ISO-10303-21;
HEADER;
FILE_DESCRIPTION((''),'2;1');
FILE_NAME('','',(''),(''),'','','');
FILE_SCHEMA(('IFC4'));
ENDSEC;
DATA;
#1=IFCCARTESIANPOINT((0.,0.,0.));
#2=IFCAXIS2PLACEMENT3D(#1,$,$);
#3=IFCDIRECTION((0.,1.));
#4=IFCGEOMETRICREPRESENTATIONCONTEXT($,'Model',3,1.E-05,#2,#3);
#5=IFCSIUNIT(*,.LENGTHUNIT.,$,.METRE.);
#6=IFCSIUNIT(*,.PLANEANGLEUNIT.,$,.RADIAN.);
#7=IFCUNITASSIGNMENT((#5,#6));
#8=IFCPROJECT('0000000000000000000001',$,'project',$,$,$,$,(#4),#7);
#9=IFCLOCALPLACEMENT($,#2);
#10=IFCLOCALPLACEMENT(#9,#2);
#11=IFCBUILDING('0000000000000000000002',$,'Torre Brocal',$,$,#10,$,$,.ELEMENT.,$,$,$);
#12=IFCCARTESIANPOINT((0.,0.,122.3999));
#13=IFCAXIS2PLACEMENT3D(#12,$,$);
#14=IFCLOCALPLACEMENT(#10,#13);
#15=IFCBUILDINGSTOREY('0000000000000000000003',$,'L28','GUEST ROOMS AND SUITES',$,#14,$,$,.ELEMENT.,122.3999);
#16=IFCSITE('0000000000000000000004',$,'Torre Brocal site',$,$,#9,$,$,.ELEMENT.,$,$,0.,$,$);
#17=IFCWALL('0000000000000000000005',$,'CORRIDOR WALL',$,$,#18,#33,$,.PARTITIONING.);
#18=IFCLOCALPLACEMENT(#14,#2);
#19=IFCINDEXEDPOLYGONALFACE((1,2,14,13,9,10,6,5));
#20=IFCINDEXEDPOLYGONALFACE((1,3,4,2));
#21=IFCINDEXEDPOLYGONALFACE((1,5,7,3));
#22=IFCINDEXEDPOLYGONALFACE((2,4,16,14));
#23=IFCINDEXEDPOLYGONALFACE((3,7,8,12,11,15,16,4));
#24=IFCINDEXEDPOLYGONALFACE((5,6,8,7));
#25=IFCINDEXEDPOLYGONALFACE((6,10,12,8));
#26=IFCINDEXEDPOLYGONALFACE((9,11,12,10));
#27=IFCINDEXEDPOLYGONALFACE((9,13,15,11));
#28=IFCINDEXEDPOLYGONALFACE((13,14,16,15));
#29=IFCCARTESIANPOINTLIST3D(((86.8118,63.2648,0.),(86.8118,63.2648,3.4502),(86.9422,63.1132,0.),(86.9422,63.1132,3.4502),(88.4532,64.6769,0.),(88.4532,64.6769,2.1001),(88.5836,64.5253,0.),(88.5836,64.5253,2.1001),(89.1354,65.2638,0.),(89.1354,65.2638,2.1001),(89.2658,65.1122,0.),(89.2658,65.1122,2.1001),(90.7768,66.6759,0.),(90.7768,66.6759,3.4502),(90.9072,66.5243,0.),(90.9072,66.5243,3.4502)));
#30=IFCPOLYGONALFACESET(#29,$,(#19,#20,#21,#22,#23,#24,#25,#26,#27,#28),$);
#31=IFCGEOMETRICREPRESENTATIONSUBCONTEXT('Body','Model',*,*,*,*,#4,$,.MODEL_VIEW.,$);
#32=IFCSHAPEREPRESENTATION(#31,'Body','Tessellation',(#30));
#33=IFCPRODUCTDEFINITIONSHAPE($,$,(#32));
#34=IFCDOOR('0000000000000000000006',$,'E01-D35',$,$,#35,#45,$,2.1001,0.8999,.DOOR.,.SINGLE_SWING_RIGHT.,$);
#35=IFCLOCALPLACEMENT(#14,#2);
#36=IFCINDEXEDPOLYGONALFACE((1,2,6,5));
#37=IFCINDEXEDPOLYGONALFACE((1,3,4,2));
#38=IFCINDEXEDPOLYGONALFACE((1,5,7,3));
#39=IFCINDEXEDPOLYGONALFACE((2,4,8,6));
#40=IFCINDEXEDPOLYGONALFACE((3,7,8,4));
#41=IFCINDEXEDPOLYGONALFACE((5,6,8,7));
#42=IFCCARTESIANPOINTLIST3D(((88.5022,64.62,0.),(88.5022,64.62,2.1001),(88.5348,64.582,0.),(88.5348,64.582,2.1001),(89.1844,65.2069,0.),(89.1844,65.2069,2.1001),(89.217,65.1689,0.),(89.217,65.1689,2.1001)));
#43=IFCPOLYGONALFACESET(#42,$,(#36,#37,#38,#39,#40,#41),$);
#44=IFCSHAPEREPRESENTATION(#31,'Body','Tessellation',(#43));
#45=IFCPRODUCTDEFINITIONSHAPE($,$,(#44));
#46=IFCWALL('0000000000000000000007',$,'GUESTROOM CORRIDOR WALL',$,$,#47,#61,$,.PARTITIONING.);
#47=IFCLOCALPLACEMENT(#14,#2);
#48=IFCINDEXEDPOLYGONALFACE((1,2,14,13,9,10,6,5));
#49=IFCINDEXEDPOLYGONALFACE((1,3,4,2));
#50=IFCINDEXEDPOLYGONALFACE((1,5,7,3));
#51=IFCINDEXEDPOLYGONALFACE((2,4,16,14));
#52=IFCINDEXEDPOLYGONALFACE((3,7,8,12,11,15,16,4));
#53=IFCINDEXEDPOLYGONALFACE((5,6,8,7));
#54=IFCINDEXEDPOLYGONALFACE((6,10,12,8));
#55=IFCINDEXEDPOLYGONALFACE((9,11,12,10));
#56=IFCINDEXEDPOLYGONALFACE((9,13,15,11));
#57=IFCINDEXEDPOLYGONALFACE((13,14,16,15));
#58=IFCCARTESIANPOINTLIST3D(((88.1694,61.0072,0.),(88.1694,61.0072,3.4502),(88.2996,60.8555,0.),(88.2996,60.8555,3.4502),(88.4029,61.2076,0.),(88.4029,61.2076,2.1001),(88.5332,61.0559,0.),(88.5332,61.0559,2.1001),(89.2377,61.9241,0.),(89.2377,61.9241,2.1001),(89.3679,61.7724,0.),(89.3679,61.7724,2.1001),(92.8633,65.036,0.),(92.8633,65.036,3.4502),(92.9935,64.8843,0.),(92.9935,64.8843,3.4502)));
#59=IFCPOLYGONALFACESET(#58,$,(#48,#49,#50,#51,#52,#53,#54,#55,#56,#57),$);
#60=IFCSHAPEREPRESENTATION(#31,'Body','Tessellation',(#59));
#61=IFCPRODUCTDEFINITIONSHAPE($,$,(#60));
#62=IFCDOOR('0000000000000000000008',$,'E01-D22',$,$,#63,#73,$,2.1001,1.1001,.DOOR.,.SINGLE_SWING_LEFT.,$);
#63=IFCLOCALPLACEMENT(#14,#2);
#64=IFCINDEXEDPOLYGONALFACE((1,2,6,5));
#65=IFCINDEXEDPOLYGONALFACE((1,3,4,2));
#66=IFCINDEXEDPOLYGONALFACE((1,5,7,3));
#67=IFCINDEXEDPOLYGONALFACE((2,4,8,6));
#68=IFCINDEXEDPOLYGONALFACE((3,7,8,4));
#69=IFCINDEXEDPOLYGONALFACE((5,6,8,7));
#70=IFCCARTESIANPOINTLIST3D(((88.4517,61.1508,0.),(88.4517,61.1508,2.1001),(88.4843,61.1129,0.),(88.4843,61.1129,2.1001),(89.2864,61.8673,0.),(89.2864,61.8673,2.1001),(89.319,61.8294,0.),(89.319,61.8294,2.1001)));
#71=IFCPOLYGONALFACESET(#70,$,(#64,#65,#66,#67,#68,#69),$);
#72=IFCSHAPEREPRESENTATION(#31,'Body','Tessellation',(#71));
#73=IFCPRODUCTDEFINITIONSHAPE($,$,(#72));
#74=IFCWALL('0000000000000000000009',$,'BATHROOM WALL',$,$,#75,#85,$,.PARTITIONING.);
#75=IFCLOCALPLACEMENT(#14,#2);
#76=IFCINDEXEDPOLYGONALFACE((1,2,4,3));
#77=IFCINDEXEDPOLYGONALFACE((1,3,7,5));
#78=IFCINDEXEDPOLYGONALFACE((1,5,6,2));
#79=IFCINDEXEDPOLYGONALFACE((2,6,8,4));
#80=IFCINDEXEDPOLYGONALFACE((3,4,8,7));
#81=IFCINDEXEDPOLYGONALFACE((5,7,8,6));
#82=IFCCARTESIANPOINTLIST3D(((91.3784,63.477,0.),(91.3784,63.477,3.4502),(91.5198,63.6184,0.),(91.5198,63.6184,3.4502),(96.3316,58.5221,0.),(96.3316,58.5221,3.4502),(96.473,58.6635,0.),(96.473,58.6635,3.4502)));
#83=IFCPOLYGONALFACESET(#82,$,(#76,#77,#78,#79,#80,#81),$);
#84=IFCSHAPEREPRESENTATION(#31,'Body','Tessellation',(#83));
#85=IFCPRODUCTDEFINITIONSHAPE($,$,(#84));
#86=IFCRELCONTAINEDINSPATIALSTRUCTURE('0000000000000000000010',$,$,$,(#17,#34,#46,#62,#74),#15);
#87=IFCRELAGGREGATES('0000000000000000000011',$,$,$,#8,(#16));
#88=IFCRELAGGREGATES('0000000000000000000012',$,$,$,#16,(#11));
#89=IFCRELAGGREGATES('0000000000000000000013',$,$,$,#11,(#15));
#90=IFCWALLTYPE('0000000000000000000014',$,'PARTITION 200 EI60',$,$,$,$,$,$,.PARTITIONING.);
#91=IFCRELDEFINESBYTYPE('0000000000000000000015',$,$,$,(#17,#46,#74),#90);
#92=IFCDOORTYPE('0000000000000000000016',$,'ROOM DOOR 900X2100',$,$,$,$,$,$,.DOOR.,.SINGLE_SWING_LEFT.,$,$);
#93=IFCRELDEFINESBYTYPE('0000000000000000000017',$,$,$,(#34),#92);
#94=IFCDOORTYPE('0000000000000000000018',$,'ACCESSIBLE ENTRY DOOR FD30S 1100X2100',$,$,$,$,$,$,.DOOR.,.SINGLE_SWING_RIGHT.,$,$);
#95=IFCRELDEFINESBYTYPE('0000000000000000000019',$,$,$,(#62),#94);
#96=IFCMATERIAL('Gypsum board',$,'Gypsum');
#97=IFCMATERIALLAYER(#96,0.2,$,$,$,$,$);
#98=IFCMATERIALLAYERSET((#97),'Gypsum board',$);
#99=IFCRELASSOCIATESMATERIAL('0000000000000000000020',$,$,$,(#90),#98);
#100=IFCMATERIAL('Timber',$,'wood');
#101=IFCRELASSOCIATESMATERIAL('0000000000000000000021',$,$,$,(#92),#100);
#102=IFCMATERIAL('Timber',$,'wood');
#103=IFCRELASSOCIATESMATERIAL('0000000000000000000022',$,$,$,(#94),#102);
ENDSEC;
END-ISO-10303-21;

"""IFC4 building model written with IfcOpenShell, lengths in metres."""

from ifc_helpers import new_model, si_unit, direction, frame, frame_2d, origin, place, context, subcontext, project, spatial, rectangle, extrude, material, layer, layer_set, type_object, element, fill, save


model = new_model("IFC4")

# Units and contexts
model_context = context("Model", 3, precision=1e-05, world=origin(), true_north=direction((0.0, 1.0)))
body_context = subcontext(model_context, "Body", "Model", "MODEL_VIEW")
ifc_project = project(units=[si_unit("LENGTHUNIT", "METRE"), si_unit("PLANEANGLEUNIT", "RADIAN")], contexts=[model_context])

# Site, building, storey
site_placement = place(None, origin())
site = spatial("IfcSite", under=ifc_project, at=site_placement, Name="Torre Brocal site", CompositionType="ELEMENT", RefElevation=0.0)
building_placement = place(site_placement, origin())
building = spatial("IfcBuilding", under=site, at=building_placement, Name="Torre Brocal", CompositionType="ELEMENT")
storey_placement = place(building_placement, frame((0.0, 0.0, 122.3999)))
storey = spatial("IfcBuildingStorey", under=building, at=storey_placement, Name="L28", Description="GUEST ROOMS AND SUITES", CompositionType="ELEMENT", Elevation=122.3999)

# Shared definitions
ifc_material_1 = material(Name="Gypsum board", Category="Gypsum")
ifc_layer_1 = layer(ifc_material_1, 0.2)
ifc_layer_set_1 = layer_set([ifc_layer_1], Name="Gypsum board")
wall_type_1 = type_object("IfcWallType", Name="PARTITION 200 EI60", PredefinedType="PARTITIONING", material=ifc_layer_set_1)

# Walls, openings, doors
wall_1_placement = place(storey_placement, frame((86.877, 63.189, 0.0), z_axis=(0.0, 0.0, 1.0), x_axis=(0.758076, 0.652166, 0.0)))
wall_1 = element("IfcWall", 1, at=wall_1_placement, inside=storey, type_object=wall_type_1, Name="CORRIDOR WALL", PredefinedType="PARTITIONING", context=body_context, shape_type="SweptSolid", body=[
    extrude(rectangle(XDim=5.2305, YDim=0.2, at=frame_2d((2.6152, 0.0))), origin(), (0.0, 0.0, 1.0), 3.4502),
])
opening_1_placement = place(wall_1_placement, frame((2.1653, 0.0, 0.0)))
opening_1 = element("IfcOpeningElement", 2, at=opening_1_placement, cuts=wall_1, PredefinedType="OPENING", context=body_context, shape_type="SweptSolid", body=[
    extrude(rectangle(XDim=0.8999, YDim=2.1001, at=frame_2d((0.45, 1.05))), frame((0.0, 0.1099, 0.0), z_axis=(0.0, -1.0, 0.0), x_axis=(1.0, 0.0, 0.0)), (0.0, 0.0, 1.0), 0.22),
])
ifc_material_2 = material(Name="Timber", Category="wood")
door_type_1 = type_object("IfcDoorType", Name="ROOM DOOR 900X2100", OperationType="SINGLE_SWING_LEFT", PredefinedType="DOOR", material=ifc_material_2)
door_1_placement = place(opening_1_placement, origin())
door_1 = element("IfcDoor", 3, at=door_1_placement, inside=storey, type_object=door_type_1, Name="E01-D35", OperationType="SINGLE_SWING_RIGHT", OverallHeight=2.1001, OverallWidth=0.8999, PredefinedType="DOOR", context=body_context, shape_type="SweptSolid", body=[
    extrude(rectangle(XDim=0.8999, YDim=2.1001, at=frame_2d((0.45, 1.05))), frame((0.0, 0.0249, 0.0), z_axis=(0.0, -1.0, 0.0), x_axis=(1.0, 0.0, 0.0)), (0.0, 0.0, 1.0), 0.05),
])
fill(opening_1, door_1)
wall_2_placement = place(storey_placement, frame((88.2346, 60.9314, 0.0), z_axis=(0.0, 0.0, 1.0), x_axis=(0.758816, 0.651305, 0.0)))
wall_2 = element("IfcWall", 4, at=wall_2_placement, inside=storey, type_object=wall_type_1, Name="GUESTROOM CORRIDOR WALL", PredefinedType="PARTITIONING", context=body_context, shape_type="SweptSolid", body=[
    extrude(rectangle(XDim=6.1858, YDim=0.2, at=frame_2d((3.0928, 0.0))), origin(), (0.0, 0.0, 1.0), 3.4502),
])
opening_2_placement = place(wall_2_placement, frame((0.3076, 0.0, 0.0)))
opening_2 = element("IfcOpeningElement", 5, at=opening_2_placement, cuts=wall_2, PredefinedType="OPENING", context=body_context, shape_type="SweptSolid", body=[
    extrude(rectangle(XDim=1.1001, YDim=2.1001, at=frame_2d((0.55, 1.05))), frame((0.0, 0.1099, 0.0), z_axis=(0.0, -1.0, 0.0), x_axis=(1.0, 0.0, 0.0)), (0.0, 0.0, 1.0), 0.22),
])
ifc_material_3 = material(Name="Timber", Category="wood")
door_type_2 = type_object("IfcDoorType", Name="ACCESSIBLE ENTRY DOOR FD30S 1100X2100", OperationType="SINGLE_SWING_RIGHT", PredefinedType="DOOR", material=ifc_material_3)
door_2_placement = place(opening_2_placement, frame((1.1001, 0.0, 0.0), z_axis=(0.0, 0.0, 1.0), x_axis=(-1.0, 0.0, 0.0)))
door_2 = element("IfcDoor", 6, at=door_2_placement, inside=storey, type_object=door_type_2, Name="E01-D22", OperationType="SINGLE_SWING_LEFT", OverallHeight=2.1001, OverallWidth=1.1001, PredefinedType="DOOR", context=body_context, shape_type="SweptSolid", body=[
    extrude(rectangle(XDim=1.1001, YDim=2.1001, at=frame_2d((0.55, 1.05))), frame((0.0, 0.0249, 0.0), z_axis=(0.0, -1.0, 0.0), x_axis=(1.0, 0.0, 0.0)), (0.0, 0.0, 1.0), 0.05),
])
fill(opening_2, door_2)

# Wall
wall_3_placement = place(storey_placement, frame((91.4492, 63.5476, 0.0), z_axis=(0.0, 0.0, 1.0), x_axis=(0.706985, -0.707229, 0.0)))
element("IfcWall", 7, at=wall_3_placement, inside=storey, type_object=wall_type_1, Name="BATHROOM WALL", PredefinedType="PARTITIONING", context=body_context, shape_type="SweptSolid", body=[
    extrude(rectangle(XDim=7.0061, YDim=0.2, at=frame_2d((3.5029, 0.0))), origin(), (0.0, 0.0, 1.0), 3.4502),
])

save(model, "model.ifc")
